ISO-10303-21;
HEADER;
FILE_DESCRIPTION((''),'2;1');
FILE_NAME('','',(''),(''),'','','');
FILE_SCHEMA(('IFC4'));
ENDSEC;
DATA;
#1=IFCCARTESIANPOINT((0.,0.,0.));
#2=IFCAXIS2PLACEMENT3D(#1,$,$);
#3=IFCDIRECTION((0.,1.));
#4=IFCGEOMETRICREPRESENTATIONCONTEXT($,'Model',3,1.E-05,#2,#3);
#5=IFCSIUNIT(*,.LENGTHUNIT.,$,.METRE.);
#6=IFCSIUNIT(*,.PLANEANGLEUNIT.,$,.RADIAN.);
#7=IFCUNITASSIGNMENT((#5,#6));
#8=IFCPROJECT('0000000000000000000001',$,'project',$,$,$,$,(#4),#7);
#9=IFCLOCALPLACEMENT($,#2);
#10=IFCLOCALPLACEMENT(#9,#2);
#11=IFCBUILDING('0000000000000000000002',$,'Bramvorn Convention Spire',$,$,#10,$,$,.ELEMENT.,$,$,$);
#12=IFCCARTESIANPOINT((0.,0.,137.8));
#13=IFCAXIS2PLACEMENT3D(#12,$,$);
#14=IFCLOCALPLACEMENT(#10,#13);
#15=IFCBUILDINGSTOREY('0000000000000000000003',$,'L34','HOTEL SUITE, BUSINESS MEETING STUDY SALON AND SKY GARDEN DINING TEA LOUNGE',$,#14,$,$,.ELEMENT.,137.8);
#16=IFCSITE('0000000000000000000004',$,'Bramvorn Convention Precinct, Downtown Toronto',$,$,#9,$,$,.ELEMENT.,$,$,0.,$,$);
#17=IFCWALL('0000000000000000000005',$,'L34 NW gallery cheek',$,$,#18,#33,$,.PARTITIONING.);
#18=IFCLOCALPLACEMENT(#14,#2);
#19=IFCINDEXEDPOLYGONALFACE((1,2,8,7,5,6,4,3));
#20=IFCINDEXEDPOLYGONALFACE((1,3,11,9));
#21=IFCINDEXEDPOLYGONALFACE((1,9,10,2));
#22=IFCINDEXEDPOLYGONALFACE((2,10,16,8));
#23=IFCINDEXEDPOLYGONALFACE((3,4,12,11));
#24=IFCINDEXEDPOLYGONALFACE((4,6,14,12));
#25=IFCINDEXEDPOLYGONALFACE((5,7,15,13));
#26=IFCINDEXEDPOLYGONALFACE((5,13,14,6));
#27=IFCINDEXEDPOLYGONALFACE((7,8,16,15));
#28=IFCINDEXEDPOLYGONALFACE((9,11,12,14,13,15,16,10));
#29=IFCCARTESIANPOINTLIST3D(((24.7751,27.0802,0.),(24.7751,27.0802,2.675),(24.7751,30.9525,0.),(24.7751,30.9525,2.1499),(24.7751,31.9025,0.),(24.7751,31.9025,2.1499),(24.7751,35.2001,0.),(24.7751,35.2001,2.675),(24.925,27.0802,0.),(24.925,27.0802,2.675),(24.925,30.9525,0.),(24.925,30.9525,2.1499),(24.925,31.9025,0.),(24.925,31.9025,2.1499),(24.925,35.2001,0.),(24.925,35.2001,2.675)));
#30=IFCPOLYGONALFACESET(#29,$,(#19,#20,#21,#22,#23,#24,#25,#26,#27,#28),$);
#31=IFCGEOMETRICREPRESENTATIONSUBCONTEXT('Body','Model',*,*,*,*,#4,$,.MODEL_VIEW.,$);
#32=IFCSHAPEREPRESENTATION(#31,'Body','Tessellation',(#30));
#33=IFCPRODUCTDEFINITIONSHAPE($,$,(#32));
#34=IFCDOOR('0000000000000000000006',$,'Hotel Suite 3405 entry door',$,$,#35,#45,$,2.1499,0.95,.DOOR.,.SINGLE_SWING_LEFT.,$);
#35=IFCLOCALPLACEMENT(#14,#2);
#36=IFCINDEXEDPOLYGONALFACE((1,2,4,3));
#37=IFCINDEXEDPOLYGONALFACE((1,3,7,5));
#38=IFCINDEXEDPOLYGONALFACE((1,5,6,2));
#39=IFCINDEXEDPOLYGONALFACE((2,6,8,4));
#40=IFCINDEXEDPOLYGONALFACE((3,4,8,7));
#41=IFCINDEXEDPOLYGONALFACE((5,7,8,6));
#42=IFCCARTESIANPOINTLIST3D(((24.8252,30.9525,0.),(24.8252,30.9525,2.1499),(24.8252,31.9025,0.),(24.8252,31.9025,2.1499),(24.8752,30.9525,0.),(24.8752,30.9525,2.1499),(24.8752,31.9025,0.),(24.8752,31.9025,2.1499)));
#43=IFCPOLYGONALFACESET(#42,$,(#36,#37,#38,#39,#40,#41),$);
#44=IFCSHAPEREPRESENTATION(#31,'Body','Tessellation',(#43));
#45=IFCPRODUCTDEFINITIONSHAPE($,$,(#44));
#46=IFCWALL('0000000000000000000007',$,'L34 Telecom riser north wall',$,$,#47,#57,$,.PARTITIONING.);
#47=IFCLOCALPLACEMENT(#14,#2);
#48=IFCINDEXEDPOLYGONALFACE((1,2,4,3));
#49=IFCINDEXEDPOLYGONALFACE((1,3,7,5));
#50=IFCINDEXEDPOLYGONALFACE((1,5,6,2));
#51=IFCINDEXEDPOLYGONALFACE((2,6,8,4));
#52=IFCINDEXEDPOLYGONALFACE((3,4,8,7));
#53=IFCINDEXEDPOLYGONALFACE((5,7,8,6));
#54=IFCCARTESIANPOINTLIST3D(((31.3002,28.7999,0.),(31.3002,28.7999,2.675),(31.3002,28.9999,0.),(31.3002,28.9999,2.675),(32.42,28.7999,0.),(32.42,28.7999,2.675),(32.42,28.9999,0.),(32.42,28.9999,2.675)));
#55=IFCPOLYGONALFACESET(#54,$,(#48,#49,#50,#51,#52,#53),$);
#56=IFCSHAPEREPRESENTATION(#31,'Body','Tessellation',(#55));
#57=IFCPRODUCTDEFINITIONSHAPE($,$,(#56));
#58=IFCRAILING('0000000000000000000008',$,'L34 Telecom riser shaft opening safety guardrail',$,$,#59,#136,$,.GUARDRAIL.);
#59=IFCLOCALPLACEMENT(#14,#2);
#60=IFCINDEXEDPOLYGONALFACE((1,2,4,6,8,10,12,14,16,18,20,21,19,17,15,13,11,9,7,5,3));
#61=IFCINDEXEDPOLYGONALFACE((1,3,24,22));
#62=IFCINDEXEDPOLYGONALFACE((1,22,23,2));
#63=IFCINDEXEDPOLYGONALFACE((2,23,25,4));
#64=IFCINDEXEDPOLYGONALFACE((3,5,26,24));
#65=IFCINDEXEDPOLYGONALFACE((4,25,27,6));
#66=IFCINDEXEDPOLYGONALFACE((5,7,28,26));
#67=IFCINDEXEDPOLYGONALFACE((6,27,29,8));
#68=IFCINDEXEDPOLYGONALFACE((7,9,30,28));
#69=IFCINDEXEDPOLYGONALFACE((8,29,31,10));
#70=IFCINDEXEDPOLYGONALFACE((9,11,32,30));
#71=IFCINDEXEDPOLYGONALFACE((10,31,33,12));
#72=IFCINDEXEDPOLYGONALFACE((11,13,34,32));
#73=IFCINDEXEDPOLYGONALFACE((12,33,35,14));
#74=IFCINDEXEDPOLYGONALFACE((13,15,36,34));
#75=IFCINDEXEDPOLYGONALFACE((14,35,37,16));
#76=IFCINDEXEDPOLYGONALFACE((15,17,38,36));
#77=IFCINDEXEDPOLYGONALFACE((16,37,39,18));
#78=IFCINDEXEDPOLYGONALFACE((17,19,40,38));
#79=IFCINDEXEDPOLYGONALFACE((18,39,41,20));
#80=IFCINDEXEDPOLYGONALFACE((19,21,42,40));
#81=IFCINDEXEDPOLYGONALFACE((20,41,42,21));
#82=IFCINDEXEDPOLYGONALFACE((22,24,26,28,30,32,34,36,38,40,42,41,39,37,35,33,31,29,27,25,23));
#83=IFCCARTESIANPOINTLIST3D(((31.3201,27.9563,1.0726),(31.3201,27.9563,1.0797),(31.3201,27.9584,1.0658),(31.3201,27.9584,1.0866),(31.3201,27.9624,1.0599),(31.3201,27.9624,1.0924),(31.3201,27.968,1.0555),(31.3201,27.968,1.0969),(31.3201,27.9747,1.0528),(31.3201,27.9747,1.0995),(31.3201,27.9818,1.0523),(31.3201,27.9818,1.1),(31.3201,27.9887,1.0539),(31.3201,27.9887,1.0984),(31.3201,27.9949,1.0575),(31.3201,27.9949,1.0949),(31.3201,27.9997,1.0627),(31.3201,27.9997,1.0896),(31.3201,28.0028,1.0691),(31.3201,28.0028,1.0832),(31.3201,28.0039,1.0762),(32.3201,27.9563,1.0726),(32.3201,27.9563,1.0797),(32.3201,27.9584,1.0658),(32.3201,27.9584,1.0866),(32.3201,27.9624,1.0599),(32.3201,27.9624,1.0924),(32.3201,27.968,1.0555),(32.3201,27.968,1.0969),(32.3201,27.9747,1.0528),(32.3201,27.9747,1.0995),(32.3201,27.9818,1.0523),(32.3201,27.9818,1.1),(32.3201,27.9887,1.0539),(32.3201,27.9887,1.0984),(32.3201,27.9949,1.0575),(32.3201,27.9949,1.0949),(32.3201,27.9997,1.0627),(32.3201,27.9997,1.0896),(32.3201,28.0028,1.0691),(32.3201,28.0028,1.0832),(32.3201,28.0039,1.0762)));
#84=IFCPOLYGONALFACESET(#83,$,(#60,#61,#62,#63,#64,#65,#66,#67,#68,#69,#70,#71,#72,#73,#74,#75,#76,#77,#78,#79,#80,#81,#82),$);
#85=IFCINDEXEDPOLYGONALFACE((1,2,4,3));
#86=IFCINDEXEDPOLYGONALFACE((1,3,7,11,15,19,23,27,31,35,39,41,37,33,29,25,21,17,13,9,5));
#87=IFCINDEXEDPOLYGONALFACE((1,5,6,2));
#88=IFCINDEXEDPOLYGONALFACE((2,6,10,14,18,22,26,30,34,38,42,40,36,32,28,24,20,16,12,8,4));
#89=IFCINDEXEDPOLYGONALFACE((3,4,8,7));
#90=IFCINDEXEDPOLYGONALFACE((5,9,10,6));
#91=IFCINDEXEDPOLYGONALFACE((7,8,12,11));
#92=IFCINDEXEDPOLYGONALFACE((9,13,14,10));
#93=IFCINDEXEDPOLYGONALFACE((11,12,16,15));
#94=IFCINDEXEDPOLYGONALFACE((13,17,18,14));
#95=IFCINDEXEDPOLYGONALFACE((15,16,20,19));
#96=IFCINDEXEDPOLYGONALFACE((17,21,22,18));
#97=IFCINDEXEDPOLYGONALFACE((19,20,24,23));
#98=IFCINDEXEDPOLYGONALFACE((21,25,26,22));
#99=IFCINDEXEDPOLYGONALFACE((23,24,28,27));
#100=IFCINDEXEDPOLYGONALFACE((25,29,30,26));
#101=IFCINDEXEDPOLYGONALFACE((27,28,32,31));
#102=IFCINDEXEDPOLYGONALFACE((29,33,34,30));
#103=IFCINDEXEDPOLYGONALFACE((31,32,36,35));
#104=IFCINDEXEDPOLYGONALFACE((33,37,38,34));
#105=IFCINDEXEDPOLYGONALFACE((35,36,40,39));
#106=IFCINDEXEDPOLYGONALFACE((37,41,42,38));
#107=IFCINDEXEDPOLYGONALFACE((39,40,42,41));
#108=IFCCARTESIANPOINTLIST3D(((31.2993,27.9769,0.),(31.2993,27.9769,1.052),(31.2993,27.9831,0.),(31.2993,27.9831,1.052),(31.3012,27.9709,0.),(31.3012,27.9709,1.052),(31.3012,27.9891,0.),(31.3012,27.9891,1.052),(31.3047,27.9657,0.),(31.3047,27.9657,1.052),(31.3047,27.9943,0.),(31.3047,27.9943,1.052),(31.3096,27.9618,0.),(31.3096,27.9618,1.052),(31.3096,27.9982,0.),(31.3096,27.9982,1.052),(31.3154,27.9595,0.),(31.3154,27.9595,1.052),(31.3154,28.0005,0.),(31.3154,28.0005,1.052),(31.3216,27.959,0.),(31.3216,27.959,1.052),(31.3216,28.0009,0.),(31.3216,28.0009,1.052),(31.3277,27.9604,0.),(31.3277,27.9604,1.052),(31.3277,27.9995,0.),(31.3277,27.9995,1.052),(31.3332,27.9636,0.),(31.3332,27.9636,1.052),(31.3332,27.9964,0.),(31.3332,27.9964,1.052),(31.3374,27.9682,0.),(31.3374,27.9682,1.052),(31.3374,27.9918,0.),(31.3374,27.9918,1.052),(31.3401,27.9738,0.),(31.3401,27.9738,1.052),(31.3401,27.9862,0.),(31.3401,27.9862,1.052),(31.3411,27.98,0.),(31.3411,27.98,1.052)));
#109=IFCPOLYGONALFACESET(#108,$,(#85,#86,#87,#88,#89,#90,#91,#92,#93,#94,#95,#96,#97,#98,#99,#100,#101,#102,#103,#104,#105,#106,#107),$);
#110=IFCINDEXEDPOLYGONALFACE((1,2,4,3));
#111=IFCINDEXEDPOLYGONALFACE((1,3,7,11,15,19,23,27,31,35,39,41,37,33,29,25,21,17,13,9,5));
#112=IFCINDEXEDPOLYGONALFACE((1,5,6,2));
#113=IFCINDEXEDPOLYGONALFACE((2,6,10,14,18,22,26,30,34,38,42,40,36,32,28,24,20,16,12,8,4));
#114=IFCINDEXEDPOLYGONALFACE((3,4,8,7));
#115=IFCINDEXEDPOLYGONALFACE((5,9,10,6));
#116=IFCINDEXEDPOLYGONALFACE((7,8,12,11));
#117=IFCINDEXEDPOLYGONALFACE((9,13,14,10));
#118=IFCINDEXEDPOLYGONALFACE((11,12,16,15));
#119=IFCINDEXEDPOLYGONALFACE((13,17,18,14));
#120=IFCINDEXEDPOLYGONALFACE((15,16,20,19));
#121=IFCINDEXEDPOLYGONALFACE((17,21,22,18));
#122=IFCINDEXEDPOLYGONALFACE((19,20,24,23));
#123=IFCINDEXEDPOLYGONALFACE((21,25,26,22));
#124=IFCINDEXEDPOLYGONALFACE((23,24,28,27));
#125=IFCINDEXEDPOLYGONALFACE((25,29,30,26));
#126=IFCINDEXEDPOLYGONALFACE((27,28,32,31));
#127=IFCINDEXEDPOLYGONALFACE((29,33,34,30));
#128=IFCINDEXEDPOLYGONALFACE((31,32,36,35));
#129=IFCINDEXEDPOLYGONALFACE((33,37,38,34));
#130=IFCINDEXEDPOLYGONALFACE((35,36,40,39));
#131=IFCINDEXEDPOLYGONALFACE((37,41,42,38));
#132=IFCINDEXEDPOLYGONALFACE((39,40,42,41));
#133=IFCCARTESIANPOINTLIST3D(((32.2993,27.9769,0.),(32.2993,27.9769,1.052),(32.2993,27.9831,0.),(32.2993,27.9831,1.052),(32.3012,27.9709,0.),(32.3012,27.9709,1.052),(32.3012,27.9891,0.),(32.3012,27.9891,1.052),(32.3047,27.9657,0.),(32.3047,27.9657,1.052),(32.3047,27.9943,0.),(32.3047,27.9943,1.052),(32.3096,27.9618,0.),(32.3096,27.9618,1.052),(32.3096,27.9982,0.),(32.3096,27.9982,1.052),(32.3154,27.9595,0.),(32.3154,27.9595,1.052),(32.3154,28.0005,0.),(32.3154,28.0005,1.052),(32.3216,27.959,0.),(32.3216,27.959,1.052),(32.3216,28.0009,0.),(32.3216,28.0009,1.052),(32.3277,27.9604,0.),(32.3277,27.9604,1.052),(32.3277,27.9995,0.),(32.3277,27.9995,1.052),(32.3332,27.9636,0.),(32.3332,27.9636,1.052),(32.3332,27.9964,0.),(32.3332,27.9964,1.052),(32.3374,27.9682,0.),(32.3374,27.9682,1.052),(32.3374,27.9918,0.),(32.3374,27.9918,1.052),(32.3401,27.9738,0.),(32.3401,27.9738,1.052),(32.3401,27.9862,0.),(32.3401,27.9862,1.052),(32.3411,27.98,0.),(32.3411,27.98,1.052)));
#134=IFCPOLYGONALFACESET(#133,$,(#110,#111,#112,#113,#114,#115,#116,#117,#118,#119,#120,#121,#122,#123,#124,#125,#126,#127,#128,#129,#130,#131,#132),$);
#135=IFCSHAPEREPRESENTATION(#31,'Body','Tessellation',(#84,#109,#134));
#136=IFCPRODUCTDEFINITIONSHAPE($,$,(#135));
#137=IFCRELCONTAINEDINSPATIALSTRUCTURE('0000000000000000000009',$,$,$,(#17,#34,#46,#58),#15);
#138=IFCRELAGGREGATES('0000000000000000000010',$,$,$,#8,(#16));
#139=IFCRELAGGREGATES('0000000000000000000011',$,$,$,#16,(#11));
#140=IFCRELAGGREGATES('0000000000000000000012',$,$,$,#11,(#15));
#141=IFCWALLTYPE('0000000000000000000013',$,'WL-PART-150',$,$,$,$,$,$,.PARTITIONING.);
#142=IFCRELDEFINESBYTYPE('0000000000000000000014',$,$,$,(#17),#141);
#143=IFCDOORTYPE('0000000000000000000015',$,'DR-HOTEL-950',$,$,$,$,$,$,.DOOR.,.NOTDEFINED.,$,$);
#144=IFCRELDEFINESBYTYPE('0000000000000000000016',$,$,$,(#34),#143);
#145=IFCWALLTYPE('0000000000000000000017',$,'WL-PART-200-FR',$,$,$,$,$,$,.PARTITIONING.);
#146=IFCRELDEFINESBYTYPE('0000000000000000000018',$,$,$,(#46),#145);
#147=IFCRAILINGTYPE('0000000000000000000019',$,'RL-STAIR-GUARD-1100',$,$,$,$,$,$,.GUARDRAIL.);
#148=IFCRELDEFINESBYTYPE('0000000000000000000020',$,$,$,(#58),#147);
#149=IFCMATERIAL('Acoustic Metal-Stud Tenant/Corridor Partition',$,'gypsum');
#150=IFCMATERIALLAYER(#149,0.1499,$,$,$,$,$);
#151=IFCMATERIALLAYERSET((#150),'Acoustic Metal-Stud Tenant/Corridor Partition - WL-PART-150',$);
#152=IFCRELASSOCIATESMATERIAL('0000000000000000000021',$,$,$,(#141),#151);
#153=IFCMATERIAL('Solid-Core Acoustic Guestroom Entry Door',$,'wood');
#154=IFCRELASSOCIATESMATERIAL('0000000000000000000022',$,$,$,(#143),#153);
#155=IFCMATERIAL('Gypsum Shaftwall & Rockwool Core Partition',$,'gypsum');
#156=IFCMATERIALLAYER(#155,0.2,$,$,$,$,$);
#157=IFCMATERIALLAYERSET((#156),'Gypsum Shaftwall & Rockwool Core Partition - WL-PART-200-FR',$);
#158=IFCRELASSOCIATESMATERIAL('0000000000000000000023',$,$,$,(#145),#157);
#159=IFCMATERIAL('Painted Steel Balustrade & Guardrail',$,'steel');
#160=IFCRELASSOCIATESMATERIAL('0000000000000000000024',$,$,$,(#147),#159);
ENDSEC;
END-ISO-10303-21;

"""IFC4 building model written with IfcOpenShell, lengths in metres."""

from ifc_helpers import new_model, si_unit, direction, frame, frame_2d, origin, origin_2d, place, context, subcontext, project, spatial, rectangle, circle, extrude, material, layer, layer_set, type_object, element, fill, save


model = new_model("IFC4")

# Units and contexts
model_context = context("Model", 3, precision=1e-05, world=origin(), true_north=direction((0.0, 1.0)))
body_context = subcontext(model_context, "Body", "Model", "MODEL_VIEW")
ifc_project = project(units=[si_unit("LENGTHUNIT", "METRE"), si_unit("PLANEANGLEUNIT", "RADIAN")], contexts=[model_context])

# Site, building, storey
site_placement = place(None, origin())
site = spatial("IfcSite", under=ifc_project, at=site_placement, Name="Bramvorn Convention Precinct, Downtown Toronto", CompositionType="ELEMENT", RefElevation=0.0)
building_placement = place(site_placement, origin())
building = spatial("IfcBuilding", under=site, at=building_placement, Name="Bramvorn Convention Spire", CompositionType="ELEMENT")
storey_placement = place(building_placement, frame((0.0, 0.0, 137.8)))
storey = spatial("IfcBuildingStorey", under=building, at=storey_placement, Name="L34", Description="HOTEL SUITE, BUSINESS MEETING STUDY SALON AND SKY GARDEN DINING TEA LOUNGE", CompositionType="ELEMENT", Elevation=137.8)

# Shared definitions
ifc_material_1 = material(Name="Acoustic Metal-Stud Tenant/Corridor Partition", Category="gypsum")
ifc_layer_1 = layer(ifc_material_1, 0.1499)
ifc_layer_set_1 = layer_set([ifc_layer_1], Name="Acoustic Metal-Stud Tenant/Corridor Partition - WL-PART-150")
wall_type_1 = type_object("IfcWallType", Name="WL-PART-150", PredefinedType="PARTITIONING", material=ifc_layer_set_1)
ifc_material_2 = material(Name="Solid-Core Acoustic Guestroom Entry Door", Category="wood")
door_type_1 = type_object("IfcDoorType", Name="DR-HOTEL-950", OperationType="NOTDEFINED", PredefinedType="DOOR", material=ifc_material_2)

# Wall, opening, door
wall_1_placement = place(storey_placement, frame((24.8501, 27.0801, 0.0), z_axis=(0.0, 0.0, 1.0), x_axis=(0.0, 1.0, 0.0)))
wall_1 = element("IfcWall", 1, at=wall_1_placement, inside=storey, type_object=wall_type_1, Name="L34 NW gallery cheek", PredefinedType="PARTITIONING", context=body_context, shape_type="SweptSolid", body=[
    extrude(rectangle(XDim=8.1199, YDim=0.1499, at=frame_2d((4.0601, 0.0))), origin(), (0.0, 0.0, 1.0), 2.675),
])
opening_1_placement = place(wall_1_placement, frame((3.8723, 0.0, 0.0)))
opening_1 = element("IfcOpeningElement", 2, at=opening_1_placement, cuts=wall_1, PredefinedType="OPENING", context=body_context, shape_type="SweptSolid", body=[
    extrude(rectangle(XDim=0.95, YDim=2.1499, at=frame_2d((0.4751, 1.075))), frame((0.0, 0.085, 0.0), z_axis=(0.0, -1.0, 0.0), x_axis=(1.0, 0.0, 0.0)), (0.0, 0.0, 1.0), 0.1699),
])
door_1_placement = place(opening_1_placement, origin())
door_1 = element("IfcDoor", 3, at=door_1_placement, inside=storey, type_object=door_type_1, Name="Hotel Suite 3405 entry door", OperationType="SINGLE_SWING_LEFT", OverallHeight=2.1499, OverallWidth=0.95, PredefinedType="DOOR", context=body_context, shape_type="SweptSolid", body=[
    extrude(rectangle(XDim=0.95, YDim=2.1499, at=frame_2d((0.4751, 1.075))), frame((0.0, 0.0249, 0.0), z_axis=(0.0, -1.0, 0.0), x_axis=(1.0, 0.0, 0.0)), (0.0, 0.0, 1.0), 0.05),
])
fill(opening_1, door_1)

# Wall
ifc_material_3 = material(Name="Gypsum Shaftwall & Rockwool Core Partition", Category="gypsum")
ifc_layer_2 = layer(ifc_material_3, 0.2)
ifc_layer_set_2 = layer_set([ifc_layer_2], Name="Gypsum Shaftwall & Rockwool Core Partition - WL-PART-200-FR")
wall_type_2 = type_object("IfcWallType", Name="WL-PART-200-FR", PredefinedType="PARTITIONING", material=ifc_layer_set_2)
wall_2_placement = place(storey_placement, frame((31.3, 28.8999, 0.0), z_axis=(0.0, 0.0, 1.0), x_axis=(1.0, 0.0, 0.0)))
element("IfcWall", 4, at=wall_2_placement, inside=storey, type_object=wall_type_2, Name="L34 Telecom riser north wall", PredefinedType="PARTITIONING", context=body_context, shape_type="SweptSolid", body=[
    extrude(rectangle(XDim=1.1199, YDim=0.2, at=frame_2d((0.5601, 0.0))), origin(), (0.0, 0.0, 1.0), 2.675),
])

# Railing
ifc_material_4 = material(Name="Painted Steel Balustrade & Guardrail", Category="steel")
railing_type = type_object("IfcRailingType", Name="RL-STAIR-GUARD-1100", PredefinedType="GUARDRAIL", material=ifc_material_4)
railing_placement = place(storey_placement, frame((31.3201, 27.98, 0.0)))
element("IfcRailing", 5, at=railing_placement, inside=storey, type_object=railing_type, Name="L34 Telecom riser shaft opening safety guardrail", PredefinedType="GUARDRAIL", context=body_context, shape_type="SweptSolid", body=[
    extrude(circle(Radius=0.0239, at=origin_2d()), frame((0.0, 0.0, 1.0762), z_axis=(1.0, 0.0, 0.0), x_axis=(0.0, 1.0, 0.0)), (0.0, 0.0, 1.0), 1.0),
    extrude(circle(Radius=0.021, at=origin_2d()), origin(), (0.0, 0.0, 1.0), 1.052),
    extrude(circle(Radius=0.021, at=origin_2d()), frame((1.0, 0.0, 0.0)), (0.0, 0.0, 1.0), 1.052),
])

save(model, "model.ifc")
